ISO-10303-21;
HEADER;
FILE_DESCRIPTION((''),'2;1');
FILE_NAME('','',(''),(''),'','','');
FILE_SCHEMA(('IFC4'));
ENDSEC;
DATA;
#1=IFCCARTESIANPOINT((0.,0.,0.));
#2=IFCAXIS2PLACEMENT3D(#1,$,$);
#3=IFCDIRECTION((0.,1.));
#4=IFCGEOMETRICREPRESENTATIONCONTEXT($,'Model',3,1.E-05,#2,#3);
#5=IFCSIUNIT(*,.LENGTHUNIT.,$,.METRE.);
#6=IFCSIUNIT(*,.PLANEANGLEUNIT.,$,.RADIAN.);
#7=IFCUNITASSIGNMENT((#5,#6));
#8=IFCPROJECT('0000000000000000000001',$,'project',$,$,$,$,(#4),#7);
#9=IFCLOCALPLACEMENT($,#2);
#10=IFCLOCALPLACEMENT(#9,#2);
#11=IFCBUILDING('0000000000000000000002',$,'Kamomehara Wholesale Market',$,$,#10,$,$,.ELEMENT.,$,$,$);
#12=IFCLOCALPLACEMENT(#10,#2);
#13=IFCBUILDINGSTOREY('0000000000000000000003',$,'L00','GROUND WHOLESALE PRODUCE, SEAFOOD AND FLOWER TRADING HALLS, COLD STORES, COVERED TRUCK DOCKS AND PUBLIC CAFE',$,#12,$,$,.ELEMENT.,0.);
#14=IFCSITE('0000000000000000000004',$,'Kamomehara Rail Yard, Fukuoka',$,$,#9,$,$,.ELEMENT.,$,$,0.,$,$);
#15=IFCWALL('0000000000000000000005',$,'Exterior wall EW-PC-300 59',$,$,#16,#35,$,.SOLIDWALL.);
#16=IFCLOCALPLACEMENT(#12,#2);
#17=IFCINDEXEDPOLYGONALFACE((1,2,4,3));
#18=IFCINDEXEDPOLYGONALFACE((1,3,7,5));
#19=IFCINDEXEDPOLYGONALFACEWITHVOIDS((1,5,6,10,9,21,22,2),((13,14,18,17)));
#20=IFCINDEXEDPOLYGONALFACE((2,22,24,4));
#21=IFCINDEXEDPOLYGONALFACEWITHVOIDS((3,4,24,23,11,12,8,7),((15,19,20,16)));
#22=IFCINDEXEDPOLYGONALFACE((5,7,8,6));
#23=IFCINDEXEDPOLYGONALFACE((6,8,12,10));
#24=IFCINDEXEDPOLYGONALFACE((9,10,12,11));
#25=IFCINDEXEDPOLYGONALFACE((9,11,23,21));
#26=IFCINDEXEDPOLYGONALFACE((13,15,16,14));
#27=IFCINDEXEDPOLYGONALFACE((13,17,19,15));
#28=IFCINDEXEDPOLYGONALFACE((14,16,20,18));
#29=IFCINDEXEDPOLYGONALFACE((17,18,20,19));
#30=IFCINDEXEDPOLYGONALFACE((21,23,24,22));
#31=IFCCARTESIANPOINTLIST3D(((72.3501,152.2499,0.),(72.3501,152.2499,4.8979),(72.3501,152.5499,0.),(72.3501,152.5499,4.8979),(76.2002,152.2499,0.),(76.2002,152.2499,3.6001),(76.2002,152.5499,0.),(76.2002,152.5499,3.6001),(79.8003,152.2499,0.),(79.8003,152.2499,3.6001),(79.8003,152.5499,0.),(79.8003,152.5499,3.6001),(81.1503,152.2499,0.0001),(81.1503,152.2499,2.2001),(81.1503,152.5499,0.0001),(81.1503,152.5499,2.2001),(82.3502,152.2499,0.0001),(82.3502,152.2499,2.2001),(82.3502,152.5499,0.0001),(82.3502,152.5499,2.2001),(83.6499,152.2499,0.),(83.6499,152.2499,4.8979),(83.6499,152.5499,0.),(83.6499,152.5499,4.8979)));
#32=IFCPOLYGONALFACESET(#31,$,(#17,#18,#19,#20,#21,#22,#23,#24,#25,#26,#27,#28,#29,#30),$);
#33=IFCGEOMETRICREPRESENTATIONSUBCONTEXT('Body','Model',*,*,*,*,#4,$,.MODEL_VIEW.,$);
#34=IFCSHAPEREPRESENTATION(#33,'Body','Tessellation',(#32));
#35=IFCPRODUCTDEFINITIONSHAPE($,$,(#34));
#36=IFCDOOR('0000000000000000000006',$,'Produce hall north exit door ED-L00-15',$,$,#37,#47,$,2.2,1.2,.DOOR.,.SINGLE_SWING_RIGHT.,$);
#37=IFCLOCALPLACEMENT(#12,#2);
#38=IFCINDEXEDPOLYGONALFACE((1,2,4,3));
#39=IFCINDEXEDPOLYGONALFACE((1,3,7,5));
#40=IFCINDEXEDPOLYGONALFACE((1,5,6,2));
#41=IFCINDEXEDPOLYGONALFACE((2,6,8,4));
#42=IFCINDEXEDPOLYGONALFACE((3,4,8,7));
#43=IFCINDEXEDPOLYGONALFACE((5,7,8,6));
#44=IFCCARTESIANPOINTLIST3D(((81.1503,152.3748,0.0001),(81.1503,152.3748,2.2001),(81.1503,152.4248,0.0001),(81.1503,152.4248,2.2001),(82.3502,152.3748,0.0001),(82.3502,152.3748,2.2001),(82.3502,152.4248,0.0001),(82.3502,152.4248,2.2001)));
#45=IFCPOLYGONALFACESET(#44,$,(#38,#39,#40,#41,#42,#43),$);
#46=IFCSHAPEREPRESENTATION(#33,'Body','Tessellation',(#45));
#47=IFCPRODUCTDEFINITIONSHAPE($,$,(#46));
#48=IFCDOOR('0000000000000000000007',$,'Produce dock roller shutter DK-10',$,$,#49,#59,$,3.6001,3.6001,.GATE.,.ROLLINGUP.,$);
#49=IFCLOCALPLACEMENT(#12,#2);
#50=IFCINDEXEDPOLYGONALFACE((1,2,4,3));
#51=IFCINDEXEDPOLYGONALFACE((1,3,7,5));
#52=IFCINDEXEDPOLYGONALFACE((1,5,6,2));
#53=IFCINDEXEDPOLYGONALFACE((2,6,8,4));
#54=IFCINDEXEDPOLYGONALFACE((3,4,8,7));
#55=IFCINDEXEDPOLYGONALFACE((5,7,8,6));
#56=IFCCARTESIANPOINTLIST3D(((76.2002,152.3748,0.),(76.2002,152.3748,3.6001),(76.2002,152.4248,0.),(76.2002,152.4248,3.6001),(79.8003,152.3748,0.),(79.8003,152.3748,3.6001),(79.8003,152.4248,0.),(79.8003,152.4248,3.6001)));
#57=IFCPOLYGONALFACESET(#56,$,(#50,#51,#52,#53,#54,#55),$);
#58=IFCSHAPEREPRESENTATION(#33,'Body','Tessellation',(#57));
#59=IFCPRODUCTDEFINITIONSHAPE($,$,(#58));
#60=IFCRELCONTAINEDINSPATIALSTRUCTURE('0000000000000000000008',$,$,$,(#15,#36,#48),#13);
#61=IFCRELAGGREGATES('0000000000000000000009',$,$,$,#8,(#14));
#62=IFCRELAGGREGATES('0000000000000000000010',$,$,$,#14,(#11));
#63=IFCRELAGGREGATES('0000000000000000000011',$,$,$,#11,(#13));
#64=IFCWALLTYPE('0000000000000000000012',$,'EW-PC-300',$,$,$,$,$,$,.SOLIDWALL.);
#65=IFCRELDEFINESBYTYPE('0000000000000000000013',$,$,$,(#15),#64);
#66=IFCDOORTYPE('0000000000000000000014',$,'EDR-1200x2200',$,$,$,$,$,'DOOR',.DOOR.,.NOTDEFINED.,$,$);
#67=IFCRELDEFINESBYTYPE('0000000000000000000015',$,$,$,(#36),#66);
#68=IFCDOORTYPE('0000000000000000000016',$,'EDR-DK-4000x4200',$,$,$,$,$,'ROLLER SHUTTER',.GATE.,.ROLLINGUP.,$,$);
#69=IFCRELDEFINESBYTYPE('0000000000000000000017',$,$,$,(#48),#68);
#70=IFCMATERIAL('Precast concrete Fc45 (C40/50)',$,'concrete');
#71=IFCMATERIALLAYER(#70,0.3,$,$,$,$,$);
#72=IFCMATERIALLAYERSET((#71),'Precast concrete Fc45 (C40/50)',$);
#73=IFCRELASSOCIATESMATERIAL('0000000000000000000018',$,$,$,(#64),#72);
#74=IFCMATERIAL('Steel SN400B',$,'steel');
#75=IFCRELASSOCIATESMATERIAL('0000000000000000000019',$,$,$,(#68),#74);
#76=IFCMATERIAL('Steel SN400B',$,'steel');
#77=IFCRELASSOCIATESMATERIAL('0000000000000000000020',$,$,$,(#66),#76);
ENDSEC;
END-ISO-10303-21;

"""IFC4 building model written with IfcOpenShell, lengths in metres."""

from ifc_helpers import new_model, si_unit, direction, frame, frame_2d, origin, place, context, subcontext, project, spatial, rectangle, extrude, material, layer, layer_set, type_object, element, fill, save


model = new_model("IFC4")

# Units and contexts
model_context = context("Model", 3, precision=1e-05, world=origin(), true_north=direction((0.0, 1.0)))
body_context = subcontext(model_context, "Body", "Model", "MODEL_VIEW")
ifc_project = project(units=[si_unit("LENGTHUNIT", "METRE"), si_unit("PLANEANGLEUNIT", "RADIAN")], contexts=[model_context])

# Site, building, storey
site_placement = place(None, origin())
site = spatial("IfcSite", under=ifc_project, at=site_placement, Name="Kamomehara Rail Yard, Fukuoka", CompositionType="ELEMENT", RefElevation=0.0)
building_placement = place(site_placement, origin())
building = spatial("IfcBuilding", under=site, at=building_placement, Name="Kamomehara Wholesale Market", CompositionType="ELEMENT")
storey_placement = place(building_placement, origin())
storey = spatial("IfcBuildingStorey", under=building, at=storey_placement, Name="L00", Description="GROUND WHOLESALE PRODUCE, SEAFOOD AND FLOWER TRADING HALLS, COLD STORES, COVERED TRUCK DOCKS AND PUBLIC CAFE", CompositionType="ELEMENT", Elevation=0.0)

# Shared definitions
ifc_material_1 = material(Name="Precast concrete Fc45 (C40/50)", Category="concrete")
ifc_layer_1 = layer(ifc_material_1, 0.3)
ifc_layer_set_1 = layer_set([ifc_layer_1], Name="Precast concrete Fc45 (C40/50)")
wall_type = type_object("IfcWallType", Name="EW-PC-300", PredefinedType="SOLIDWALL", material=ifc_layer_set_1)
ifc_material_2 = material(Name="Steel SN400B", Category="steel")
door_type_1 = type_object("IfcDoorType", Name="EDR-DK-4000x4200", ElementType="ROLLER SHUTTER", OperationType="ROLLINGUP", PredefinedType="GATE", material=ifc_material_2)

# Wall, openings, doors
wall_1_placement = place(storey_placement, frame((72.3501, 152.3999, 0.0), z_axis=(0.0, 0.0, 1.0), x_axis=(1.0, 0.0, 0.0)))
wall_1 = element("IfcWall", 1, at=wall_1_placement, inside=storey, type_object=wall_type, Name="Exterior wall EW-PC-300 59", PredefinedType="SOLIDWALL", context=body_context, shape_type="SweptSolid", body=[
    extrude(rectangle(XDim=11.2998, YDim=0.3, at=frame_2d((5.6499, 0.0))), origin(), (0.0, 0.0, 1.0), 4.8979),
])
opening_1_placement = place(wall_1_placement, frame((3.8501, 0.0, 0.0)))
opening_1 = element("IfcOpeningElement", 2, at=opening_1_placement, cuts=wall_1, PredefinedType="OPENING", context=body_context, shape_type="SweptSolid", body=[
    extrude(rectangle(XDim=3.6001, YDim=3.6001, at=frame_2d((1.8, 1.8))), frame((0.0, 0.165, 0.0), z_axis=(0.0, -1.0, 0.0), x_axis=(1.0, 0.0, 0.0)), (0.0, 0.0, 1.0), 0.3298),
])
opening_2_placement = place(wall_1_placement, frame((8.8, 0.0, 0.0)))
opening_2 = element("IfcOpeningElement", 3, at=opening_2_placement, cuts=wall_1, PredefinedType="OPENING", context=body_context, shape_type="SweptSolid", body=[
    extrude(rectangle(XDim=1.2, YDim=2.2, at=frame_2d((0.6001, 1.1001))), frame((0.0, 0.165, 0.0), z_axis=(0.0, -1.0, 0.0), x_axis=(1.0, 0.0, 0.0)), (0.0, 0.0, 1.0), 0.3298),
])
ifc_material_3 = material(Name="Steel SN400B", Category="steel")
door_type_2 = type_object("IfcDoorType", Name="EDR-1200x2200", ElementType="DOOR", OperationType="NOTDEFINED", PredefinedType="DOOR", material=ifc_material_3)
door_1_placement = place(opening_2_placement, origin())
door_1 = element("IfcDoor", 4, at=door_1_placement, inside=storey, type_object=door_type_2, Name="Produce hall north exit door ED-L00-15", OperationType="SINGLE_SWING_RIGHT", OverallHeight=2.2, OverallWidth=1.2, PredefinedType="DOOR", context=body_context, shape_type="SweptSolid", body=[
    extrude(rectangle(XDim=1.2, YDim=2.2, at=frame_2d((0.6001, 1.1001))), frame((0.0, 0.0249, 0.0), z_axis=(0.0, -1.0, 0.0), x_axis=(1.0, 0.0, 0.0)), (0.0, 0.0, 1.0), 0.05),
])
fill(opening_2, door_1)
door_2_placement = place(opening_1_placement, origin())
door_2 = element("IfcDoor", 5, at=door_2_placement, inside=storey, type_object=door_type_1, Name="Produce dock roller shutter DK-10", OperationType="ROLLINGUP", OverallHeight=3.6001, OverallWidth=3.6001, PredefinedType="GATE", context=body_context, shape_type="SweptSolid", body=[
    extrude(rectangle(XDim=3.6001, YDim=3.6001, at=frame_2d((1.8, 1.8))), frame((0.0, 0.0249, 0.0), z_axis=(0.0, -1.0, 0.0), x_axis=(1.0, 0.0, 0.0)), (0.0, 0.0, 1.0), 0.05),
])
fill(opening_1, door_2)

save(model, "model.ifc")
